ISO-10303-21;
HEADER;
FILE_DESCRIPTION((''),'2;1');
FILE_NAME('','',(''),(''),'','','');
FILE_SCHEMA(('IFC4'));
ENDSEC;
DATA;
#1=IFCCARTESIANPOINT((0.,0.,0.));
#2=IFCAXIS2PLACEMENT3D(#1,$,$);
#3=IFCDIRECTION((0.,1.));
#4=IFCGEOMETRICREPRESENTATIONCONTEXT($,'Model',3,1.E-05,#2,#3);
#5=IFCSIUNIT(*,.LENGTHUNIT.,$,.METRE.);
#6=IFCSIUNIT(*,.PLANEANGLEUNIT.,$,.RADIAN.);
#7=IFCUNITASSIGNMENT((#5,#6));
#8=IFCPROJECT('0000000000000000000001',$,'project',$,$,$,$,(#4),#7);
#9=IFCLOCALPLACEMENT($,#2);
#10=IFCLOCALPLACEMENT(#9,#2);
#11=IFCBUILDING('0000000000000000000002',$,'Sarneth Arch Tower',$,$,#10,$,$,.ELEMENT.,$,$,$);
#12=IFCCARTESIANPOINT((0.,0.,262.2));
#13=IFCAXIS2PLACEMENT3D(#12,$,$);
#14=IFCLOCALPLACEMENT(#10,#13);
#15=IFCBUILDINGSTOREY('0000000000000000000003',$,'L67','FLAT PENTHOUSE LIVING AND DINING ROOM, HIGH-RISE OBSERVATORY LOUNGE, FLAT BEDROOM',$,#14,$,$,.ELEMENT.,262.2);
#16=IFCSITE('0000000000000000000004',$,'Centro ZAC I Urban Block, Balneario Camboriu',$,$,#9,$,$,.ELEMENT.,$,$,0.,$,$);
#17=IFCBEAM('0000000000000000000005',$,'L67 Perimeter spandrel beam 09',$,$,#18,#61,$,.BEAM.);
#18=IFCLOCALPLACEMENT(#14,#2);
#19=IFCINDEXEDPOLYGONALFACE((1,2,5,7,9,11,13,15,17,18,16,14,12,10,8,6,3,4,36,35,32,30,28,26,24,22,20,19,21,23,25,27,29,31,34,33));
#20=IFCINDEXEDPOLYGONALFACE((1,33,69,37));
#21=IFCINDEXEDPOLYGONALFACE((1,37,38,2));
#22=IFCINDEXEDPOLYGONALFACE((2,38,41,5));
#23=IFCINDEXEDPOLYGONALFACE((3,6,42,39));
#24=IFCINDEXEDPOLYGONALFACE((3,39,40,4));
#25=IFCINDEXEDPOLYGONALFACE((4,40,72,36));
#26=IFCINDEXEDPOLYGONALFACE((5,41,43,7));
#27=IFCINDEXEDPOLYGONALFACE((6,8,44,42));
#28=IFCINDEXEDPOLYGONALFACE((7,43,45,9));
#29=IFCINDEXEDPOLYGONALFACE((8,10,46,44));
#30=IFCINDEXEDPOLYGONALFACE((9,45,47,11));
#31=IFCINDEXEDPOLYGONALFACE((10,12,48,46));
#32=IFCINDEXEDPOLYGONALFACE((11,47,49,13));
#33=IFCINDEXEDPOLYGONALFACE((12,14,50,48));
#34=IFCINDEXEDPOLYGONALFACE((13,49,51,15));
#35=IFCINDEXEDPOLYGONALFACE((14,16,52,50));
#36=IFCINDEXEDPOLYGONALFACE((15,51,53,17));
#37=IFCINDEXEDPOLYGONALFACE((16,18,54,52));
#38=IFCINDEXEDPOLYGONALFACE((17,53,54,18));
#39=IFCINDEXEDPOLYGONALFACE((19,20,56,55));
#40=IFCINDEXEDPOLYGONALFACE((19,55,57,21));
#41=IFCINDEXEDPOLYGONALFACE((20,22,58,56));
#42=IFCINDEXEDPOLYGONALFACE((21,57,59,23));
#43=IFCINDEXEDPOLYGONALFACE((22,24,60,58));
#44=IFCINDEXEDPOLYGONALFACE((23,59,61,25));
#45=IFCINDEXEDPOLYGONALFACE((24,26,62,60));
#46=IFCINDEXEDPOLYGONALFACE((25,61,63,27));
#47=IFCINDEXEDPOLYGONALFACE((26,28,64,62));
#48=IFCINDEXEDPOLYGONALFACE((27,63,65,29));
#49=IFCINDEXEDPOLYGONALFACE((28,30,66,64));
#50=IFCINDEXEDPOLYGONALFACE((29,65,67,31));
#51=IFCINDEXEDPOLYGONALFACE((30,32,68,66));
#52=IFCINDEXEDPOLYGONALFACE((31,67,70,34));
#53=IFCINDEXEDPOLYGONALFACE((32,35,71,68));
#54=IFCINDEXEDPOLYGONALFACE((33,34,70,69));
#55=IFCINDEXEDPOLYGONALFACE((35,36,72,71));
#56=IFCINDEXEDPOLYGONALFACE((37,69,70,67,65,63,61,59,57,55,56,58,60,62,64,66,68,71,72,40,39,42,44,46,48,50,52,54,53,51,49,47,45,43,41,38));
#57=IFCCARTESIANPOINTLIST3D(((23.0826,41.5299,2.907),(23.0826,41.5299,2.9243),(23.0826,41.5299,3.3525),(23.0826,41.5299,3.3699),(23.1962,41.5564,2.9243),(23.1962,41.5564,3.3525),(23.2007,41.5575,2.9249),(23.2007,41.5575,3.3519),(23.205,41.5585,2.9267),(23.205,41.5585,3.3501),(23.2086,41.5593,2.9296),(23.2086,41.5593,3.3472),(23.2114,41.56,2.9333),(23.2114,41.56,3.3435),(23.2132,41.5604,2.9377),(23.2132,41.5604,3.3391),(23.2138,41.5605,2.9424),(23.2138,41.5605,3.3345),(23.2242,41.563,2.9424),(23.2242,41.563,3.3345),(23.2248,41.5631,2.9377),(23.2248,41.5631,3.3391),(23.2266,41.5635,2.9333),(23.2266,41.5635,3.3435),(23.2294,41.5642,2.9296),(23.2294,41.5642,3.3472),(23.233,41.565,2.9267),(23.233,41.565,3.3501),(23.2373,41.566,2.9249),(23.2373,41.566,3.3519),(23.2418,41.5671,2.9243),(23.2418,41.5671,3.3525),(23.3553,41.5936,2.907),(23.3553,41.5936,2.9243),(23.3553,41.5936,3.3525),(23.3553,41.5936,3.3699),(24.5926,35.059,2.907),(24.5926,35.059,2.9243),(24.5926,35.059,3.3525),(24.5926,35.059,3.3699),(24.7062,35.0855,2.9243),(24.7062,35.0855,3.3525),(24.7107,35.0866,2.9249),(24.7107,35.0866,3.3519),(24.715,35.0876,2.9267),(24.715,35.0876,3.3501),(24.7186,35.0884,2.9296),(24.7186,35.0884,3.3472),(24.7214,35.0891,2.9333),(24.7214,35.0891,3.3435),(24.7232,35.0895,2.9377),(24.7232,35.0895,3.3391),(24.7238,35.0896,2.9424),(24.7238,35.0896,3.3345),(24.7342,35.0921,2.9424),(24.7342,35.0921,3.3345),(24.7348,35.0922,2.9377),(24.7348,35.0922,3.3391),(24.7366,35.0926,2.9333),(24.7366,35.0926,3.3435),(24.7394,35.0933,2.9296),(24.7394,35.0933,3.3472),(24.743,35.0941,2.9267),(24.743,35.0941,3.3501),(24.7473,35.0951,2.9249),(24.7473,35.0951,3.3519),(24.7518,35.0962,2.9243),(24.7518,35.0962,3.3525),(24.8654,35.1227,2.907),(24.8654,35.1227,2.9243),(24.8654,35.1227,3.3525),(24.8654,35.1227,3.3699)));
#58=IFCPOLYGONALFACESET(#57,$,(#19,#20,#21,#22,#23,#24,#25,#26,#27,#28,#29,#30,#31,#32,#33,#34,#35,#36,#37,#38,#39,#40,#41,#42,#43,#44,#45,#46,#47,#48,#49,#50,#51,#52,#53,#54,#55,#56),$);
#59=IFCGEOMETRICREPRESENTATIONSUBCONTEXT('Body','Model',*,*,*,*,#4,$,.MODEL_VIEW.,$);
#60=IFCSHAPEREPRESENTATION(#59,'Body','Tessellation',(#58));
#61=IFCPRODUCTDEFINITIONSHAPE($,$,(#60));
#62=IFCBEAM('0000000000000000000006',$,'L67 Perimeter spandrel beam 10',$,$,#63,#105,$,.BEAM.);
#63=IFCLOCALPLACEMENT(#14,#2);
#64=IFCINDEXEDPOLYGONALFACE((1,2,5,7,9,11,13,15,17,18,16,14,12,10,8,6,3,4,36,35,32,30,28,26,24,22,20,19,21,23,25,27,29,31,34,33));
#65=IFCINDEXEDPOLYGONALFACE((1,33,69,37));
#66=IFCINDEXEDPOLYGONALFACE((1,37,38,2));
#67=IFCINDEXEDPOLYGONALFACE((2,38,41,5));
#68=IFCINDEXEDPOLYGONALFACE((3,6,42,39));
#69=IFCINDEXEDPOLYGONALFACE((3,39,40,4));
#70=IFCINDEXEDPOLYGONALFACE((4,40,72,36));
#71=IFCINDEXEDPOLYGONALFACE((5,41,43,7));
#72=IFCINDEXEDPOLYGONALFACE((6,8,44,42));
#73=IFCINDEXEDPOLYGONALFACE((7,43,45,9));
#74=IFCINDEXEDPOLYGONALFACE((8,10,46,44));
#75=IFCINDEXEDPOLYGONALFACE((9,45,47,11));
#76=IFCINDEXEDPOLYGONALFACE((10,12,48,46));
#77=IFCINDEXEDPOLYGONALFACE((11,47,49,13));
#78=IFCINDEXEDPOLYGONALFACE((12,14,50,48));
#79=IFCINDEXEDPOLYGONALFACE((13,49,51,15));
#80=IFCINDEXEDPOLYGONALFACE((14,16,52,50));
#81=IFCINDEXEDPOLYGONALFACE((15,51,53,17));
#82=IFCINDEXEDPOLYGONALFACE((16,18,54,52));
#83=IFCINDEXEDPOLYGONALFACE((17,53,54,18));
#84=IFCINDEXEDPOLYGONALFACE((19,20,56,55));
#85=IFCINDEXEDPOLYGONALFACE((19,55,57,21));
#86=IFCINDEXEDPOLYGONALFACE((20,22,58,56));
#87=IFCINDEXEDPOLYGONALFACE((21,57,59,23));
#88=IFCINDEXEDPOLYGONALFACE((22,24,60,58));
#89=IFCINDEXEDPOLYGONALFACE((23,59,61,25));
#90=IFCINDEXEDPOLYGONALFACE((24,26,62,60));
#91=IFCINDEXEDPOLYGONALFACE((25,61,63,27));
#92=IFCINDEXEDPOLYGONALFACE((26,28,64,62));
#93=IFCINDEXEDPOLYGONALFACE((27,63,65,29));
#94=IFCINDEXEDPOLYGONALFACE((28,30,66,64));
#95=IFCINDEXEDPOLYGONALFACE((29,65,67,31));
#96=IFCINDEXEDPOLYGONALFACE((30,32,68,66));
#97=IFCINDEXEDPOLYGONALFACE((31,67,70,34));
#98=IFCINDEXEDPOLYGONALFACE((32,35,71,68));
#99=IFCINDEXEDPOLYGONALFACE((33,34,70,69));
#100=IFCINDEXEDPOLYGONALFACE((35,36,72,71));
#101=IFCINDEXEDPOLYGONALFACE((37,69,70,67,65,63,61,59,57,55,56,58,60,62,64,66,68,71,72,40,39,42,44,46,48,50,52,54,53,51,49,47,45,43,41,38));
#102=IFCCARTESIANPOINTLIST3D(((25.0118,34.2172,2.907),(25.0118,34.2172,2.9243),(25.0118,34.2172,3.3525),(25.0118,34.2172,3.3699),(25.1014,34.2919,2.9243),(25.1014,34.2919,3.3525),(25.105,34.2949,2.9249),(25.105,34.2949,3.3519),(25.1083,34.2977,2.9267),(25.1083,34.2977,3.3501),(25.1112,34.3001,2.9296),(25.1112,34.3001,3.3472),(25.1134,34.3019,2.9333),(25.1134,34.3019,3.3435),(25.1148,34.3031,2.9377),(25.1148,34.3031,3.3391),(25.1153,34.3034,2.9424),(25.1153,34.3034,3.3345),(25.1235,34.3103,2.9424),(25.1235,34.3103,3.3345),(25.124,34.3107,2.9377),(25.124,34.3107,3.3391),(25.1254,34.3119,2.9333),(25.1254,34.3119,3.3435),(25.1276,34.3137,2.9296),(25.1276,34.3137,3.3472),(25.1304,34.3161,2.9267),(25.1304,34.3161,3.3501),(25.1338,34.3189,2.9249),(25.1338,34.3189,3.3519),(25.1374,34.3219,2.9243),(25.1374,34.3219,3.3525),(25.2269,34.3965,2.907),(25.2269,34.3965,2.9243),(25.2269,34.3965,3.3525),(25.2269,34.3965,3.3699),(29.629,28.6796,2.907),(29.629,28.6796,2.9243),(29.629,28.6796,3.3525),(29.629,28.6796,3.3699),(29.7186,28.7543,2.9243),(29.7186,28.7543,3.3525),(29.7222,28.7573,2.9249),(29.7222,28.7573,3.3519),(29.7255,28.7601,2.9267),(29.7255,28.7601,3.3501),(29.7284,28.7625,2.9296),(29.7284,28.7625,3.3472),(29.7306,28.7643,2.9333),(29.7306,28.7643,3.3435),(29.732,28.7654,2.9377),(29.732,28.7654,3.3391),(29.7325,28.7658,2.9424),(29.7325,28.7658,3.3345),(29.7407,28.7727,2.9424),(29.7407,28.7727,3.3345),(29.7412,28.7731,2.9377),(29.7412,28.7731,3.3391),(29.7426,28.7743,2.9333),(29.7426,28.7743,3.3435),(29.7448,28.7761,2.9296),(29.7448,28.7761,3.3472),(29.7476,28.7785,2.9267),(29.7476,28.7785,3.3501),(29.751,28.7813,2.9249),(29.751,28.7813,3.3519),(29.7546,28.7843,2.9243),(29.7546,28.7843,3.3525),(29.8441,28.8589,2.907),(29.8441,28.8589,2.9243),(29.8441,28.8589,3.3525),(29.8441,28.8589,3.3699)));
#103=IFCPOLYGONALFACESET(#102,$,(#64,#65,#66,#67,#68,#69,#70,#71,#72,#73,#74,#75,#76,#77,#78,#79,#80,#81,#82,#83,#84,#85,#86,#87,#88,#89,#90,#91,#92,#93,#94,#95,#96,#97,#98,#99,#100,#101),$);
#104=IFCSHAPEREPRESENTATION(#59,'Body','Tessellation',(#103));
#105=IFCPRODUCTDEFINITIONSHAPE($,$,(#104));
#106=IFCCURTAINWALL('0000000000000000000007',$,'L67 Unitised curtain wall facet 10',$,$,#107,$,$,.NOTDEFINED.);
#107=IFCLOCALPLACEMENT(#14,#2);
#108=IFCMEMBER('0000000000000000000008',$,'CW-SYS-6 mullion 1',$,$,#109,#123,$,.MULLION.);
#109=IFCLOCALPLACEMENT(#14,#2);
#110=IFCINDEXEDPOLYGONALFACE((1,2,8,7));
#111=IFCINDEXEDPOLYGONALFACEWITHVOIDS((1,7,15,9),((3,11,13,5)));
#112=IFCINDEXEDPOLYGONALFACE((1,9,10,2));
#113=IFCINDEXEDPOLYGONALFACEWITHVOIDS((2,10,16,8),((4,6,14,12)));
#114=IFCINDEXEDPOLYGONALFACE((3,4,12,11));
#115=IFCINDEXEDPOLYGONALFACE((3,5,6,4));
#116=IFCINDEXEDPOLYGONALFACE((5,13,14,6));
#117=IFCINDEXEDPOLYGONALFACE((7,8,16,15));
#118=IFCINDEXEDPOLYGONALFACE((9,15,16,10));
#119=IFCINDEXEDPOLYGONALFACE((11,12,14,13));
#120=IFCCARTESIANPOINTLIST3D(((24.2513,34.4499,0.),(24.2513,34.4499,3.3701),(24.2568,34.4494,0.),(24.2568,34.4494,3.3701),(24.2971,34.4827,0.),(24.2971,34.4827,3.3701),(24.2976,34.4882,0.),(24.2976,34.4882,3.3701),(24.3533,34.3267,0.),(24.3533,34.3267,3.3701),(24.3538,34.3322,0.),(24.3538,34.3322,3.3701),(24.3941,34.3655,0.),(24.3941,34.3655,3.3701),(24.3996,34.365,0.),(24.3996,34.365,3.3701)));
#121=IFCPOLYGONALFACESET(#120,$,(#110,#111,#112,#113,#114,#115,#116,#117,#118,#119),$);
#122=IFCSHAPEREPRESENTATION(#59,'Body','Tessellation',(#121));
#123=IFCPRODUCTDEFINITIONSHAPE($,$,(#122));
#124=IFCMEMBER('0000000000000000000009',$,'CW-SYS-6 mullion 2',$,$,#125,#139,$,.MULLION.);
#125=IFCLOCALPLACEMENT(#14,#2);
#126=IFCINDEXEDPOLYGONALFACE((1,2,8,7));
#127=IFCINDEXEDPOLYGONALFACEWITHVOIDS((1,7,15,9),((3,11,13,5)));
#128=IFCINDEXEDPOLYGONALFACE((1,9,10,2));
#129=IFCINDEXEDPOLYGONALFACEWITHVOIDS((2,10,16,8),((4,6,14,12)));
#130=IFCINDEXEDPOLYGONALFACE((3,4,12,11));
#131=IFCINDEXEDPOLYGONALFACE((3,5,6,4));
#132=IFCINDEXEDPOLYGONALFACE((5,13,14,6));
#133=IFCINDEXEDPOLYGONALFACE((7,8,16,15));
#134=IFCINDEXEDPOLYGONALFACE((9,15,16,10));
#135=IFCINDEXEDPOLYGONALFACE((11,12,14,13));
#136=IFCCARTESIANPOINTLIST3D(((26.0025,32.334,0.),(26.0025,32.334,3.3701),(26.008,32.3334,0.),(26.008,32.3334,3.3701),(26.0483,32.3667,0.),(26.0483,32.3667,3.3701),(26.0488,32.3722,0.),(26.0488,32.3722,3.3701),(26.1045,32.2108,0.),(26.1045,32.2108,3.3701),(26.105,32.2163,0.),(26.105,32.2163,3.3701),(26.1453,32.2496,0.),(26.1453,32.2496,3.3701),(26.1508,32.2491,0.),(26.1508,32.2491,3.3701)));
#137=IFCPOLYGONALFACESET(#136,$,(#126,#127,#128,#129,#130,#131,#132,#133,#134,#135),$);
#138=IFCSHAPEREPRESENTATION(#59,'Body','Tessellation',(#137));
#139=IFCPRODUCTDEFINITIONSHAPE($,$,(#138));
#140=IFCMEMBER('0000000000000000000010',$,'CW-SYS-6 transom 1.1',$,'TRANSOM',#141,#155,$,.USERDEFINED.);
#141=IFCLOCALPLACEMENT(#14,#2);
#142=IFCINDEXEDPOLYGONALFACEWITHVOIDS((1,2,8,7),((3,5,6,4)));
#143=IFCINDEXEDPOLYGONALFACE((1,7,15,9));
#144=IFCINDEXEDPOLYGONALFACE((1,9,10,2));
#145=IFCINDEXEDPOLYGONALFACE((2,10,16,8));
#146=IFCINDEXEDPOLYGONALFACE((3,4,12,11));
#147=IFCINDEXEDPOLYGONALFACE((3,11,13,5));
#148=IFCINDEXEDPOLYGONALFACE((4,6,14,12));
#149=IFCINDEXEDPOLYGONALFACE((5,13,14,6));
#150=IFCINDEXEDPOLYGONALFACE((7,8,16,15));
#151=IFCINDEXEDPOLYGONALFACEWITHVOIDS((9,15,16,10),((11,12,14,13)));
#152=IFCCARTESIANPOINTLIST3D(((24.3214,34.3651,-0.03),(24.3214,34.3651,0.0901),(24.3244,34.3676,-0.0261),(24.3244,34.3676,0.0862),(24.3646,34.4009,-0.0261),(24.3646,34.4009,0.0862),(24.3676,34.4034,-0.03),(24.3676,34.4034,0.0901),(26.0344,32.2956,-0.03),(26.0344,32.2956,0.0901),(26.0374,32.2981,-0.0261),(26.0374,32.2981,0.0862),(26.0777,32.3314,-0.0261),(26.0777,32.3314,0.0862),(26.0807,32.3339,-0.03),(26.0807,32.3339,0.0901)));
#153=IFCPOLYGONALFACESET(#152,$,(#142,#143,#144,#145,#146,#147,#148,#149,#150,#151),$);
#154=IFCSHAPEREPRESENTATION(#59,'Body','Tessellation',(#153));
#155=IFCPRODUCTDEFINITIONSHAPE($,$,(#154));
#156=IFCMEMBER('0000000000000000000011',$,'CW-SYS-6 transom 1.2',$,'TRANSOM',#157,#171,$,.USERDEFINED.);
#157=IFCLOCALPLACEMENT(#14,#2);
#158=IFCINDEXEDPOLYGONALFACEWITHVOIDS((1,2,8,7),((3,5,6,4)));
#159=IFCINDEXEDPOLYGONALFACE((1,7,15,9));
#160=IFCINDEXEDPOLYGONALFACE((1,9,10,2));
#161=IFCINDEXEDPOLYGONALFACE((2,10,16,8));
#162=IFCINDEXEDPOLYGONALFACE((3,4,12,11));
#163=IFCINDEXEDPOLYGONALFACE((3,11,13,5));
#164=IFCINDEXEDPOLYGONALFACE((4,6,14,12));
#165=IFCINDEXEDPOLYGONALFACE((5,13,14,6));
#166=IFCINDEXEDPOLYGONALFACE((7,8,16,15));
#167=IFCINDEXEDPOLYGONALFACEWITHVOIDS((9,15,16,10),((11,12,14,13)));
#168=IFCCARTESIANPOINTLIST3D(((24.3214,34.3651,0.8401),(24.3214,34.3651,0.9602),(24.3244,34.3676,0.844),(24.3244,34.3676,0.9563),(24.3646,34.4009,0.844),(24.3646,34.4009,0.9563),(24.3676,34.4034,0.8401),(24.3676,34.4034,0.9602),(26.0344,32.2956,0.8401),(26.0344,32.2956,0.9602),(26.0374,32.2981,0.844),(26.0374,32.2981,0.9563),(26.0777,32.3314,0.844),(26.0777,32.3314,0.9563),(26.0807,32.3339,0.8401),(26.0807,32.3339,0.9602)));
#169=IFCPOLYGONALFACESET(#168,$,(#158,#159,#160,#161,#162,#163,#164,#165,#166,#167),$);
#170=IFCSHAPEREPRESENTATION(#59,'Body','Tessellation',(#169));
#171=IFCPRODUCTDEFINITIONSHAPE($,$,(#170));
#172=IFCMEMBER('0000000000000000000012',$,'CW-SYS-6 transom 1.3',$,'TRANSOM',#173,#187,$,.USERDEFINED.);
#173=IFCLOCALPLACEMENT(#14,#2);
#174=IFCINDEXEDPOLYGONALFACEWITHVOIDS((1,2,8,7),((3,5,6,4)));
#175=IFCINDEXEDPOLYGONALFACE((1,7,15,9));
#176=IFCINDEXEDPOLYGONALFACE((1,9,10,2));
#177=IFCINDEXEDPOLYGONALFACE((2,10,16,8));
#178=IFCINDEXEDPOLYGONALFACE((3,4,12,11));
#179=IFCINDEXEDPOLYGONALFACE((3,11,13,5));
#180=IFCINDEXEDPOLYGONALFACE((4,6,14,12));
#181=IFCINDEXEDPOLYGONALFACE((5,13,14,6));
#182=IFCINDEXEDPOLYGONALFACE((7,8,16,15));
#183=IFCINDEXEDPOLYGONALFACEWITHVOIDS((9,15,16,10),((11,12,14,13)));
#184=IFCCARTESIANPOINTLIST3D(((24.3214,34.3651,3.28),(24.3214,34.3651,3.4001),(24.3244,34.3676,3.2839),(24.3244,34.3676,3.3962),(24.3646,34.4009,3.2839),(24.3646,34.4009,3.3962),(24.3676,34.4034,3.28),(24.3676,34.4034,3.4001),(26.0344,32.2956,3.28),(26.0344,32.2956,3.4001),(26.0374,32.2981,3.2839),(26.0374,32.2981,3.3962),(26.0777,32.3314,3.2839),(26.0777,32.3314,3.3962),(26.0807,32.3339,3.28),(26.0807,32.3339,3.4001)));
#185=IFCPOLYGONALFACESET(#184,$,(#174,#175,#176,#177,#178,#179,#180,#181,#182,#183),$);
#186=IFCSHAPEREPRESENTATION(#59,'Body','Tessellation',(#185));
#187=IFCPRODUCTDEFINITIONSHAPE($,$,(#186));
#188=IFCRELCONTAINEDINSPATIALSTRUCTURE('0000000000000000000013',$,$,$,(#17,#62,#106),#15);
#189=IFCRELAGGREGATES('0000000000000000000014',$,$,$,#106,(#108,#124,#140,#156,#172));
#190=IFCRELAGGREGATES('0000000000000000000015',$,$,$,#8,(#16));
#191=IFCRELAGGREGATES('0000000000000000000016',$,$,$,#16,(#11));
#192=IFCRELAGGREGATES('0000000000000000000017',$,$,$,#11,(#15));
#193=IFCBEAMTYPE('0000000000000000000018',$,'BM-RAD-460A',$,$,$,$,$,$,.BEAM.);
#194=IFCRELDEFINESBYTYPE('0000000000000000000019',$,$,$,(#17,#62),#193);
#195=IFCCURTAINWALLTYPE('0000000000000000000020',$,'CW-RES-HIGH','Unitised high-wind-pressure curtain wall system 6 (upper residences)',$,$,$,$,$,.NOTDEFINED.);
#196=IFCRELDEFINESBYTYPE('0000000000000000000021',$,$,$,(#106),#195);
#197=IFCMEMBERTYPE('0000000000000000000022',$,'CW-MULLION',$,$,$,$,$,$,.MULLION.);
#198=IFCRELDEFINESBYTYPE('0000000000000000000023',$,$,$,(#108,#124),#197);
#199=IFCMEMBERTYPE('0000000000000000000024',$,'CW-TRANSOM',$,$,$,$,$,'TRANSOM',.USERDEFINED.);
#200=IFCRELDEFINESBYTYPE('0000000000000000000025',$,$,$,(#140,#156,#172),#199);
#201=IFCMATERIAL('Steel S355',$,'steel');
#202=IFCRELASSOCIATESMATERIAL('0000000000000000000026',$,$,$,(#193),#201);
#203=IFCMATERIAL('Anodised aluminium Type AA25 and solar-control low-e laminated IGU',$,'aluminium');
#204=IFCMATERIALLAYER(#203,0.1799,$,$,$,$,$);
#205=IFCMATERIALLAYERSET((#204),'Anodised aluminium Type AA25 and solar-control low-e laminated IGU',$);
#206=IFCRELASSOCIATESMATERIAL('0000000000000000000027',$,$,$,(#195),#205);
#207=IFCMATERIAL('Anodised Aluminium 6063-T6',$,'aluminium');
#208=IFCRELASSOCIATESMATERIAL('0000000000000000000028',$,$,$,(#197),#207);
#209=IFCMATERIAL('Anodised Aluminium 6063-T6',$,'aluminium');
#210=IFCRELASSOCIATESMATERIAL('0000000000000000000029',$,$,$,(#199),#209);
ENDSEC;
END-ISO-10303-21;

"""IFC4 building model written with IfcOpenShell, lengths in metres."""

from ifc_helpers import new_model, si_unit, direction, frame, origin, origin_2d, place, context, subcontext, project, spatial, hollow_rectangle, i_section, extrude, material, layer, layer_set, material_profile, profile_set, type_object, element, aggregate, save


model = new_model("IFC4")

# Units and contexts
model_context = context("Model", 3, precision=1e-05, world=origin(), true_north=direction((0.0, 1.0)))
body_context = subcontext(model_context, "Body", "Model", "MODEL_VIEW")
ifc_project = project(units=[si_unit("LENGTHUNIT", "METRE"), si_unit("PLANEANGLEUNIT", "RADIAN")], contexts=[model_context])

# Site, building, storey
site_placement = place(None, origin())
site = spatial("IfcSite", under=ifc_project, at=site_placement, Name="Centro ZAC I Urban Block, Balneario Camboriu", CompositionType="ELEMENT", RefElevation=0.0)
building_placement = place(site_placement, origin())
building = spatial("IfcBuilding", under=site, at=building_placement, Name="Sarneth Arch Tower", CompositionType="ELEMENT")
storey_placement = place(building_placement, frame((0.0, 0.0, 262.2)))
storey = spatial("IfcBuildingStorey", under=building, at=storey_placement, Name="L67", Description="FLAT PENTHOUSE LIVING AND DINING ROOM, HIGH-RISE OBSERVATORY LOUNGE, FLAT BEDROOM", CompositionType="ELEMENT", Elevation=262.2)

# Beams
ifc_material_1 = material(Name="Steel S355", Category="steel")
ifc_material_profile_1 = material_profile(ifc_material_1, i_section(OverallWidth=0.28, OverallDepth=0.4629, WebThickness=0.0107, FlangeThickness=0.0173, FilletRadius=0.0181, at=origin_2d()), Name="W460x113")
ifc_profile_set_1 = profile_set([ifc_material_profile_1], Name="Steel S355")
beam_type = type_object("IfcBeamType", Name="BM-RAD-460A", PredefinedType="BEAM", material=ifc_profile_set_1)
beam_1_placement = place(storey_placement, frame((23.219, 41.5618, 3.1384), z_axis=(0.227247, -0.973837, 0.0), x_axis=(0.973837, 0.227247, 0.0)))
element("IfcBeam", 1, at=beam_1_placement, inside=storey, type_object=beam_type, Name="L67 Perimeter spandrel beam 09", PredefinedType="BEAM", context=body_context, shape_type="SweptSolid", body=[
    extrude(i_section(OverallWidth=0.28, OverallDepth=0.4629, WebThickness=0.0107, FlangeThickness=0.0173, FilletRadius=0.0181, at=origin_2d()), origin(), (0.0, 0.0, 1.0), 6.6448),
])
beam_2_placement = place(storey_placement, frame((25.1194, 34.3069, 3.1384), z_axis=(0.640391, -0.768049, 0.0), x_axis=(0.768049, 0.640391, 0.0)))
element("IfcBeam", 2, at=beam_2_placement, inside=storey, type_object=beam_type, Name="L67 Perimeter spandrel beam 10", PredefinedType="BEAM", context=body_context, shape_type="SweptSolid", body=[
    extrude(i_section(OverallWidth=0.28, OverallDepth=0.4629, WebThickness=0.0107, FlangeThickness=0.0173, FilletRadius=0.0181, at=origin_2d()), origin(), (0.0, 0.0, 1.0), 7.21),
])

# Curtain wall, members
ifc_material_2 = material(Name="Anodised aluminium Type AA25 and solar-control low-e laminated IGU", Category="aluminium")
ifc_layer_1 = layer(ifc_material_2, 0.1799)
ifc_layer_set_1 = layer_set([ifc_layer_1], Name="Anodised aluminium Type AA25 and solar-control low-e laminated IGU")
curtain_wall_type = type_object("IfcCurtainWallType", Name="CW-RES-HIGH", Description="Unitised high-wind-pressure curtain wall system 6 (upper residences)", PredefinedType="NOTDEFINED", material=ifc_layer_set_1)
curtain_wall_placement = place(storey_placement, origin())
curtain_wall = element("IfcCurtainWall", 3, at=curtain_wall_placement, inside=storey, type_object=curtain_wall_type, Name="L67 Unitised curtain wall facet 10", PredefinedType="NOTDEFINED")
ifc_material_3 = material(Name="Anodised Aluminium 6063-T6", Category="aluminium")
ifc_material_profile_2 = material_profile(ifc_material_3, hollow_rectangle(XDim=0.0601, YDim=0.1599, WallThickness=0.0039, at=origin_2d()), Name="AL-MULL-160x60x4")
ifc_profile_set_2 = profile_set([ifc_material_profile_2], Name="Anodised Aluminium 6063-T6")
member_type_1 = type_object("IfcMemberType", Name="CW-MULLION", PredefinedType="MULLION", material=ifc_profile_set_2)
member_1_placement = place(storey_placement, frame((24.3254, 34.4075, 0.0), z_axis=(0.0, 0.0, 1.0), x_axis=(0.770359, 0.63761, 0.0)))
member_1 = element("IfcMember", 4, at=member_1_placement, type_object=member_type_1, Name="CW-SYS-6 mullion 1", PredefinedType="MULLION", context=body_context, shape_type="SweptSolid", body=[
    extrude(hollow_rectangle(XDim=0.0601, YDim=0.1599, WallThickness=0.0039, at=origin_2d()), origin(), (0.0, 0.0, 1.0), 3.3701),
])
member_2_placement = place(storey_placement, frame((26.0767, 32.2915, 0.0), z_axis=(0.0, 0.0, 1.0), x_axis=(0.770359, 0.63761, 0.0)))
member_2 = element("IfcMember", 5, at=member_2_placement, type_object=member_type_1, Name="CW-SYS-6 mullion 2", PredefinedType="MULLION", context=body_context, shape_type="SweptSolid", body=[
    extrude(hollow_rectangle(XDim=0.0601, YDim=0.1599, WallThickness=0.0039, at=origin_2d()), origin(), (0.0, 0.0, 1.0), 3.3701),
])
ifc_material_4 = material(Name="Anodised Aluminium 6063-T6", Category="aluminium")
ifc_material_profile_3 = material_profile(ifc_material_4, hollow_rectangle(XDim=0.0601, YDim=0.1201, WallThickness=0.0039, at=origin_2d()), Name="AL-TRAN-120x60x4")
ifc_profile_set_3 = profile_set([ifc_material_profile_3], Name="Anodised Aluminium 6063-T6")
member_type_2 = type_object("IfcMemberType", Name="CW-TRANSOM", ElementType="TRANSOM", PredefinedType="USERDEFINED", material=ifc_profile_set_3)
member_3_placement = place(storey_placement, frame((24.3445, 34.3843, 0.03), z_axis=(0.637651, -0.770325, 0.0), x_axis=(0.770325, 0.637651, 0.0)))
member_3 = element("IfcMember", 6, at=member_3_placement, type_object=member_type_2, Name="CW-SYS-6 transom 1.1", ObjectType="TRANSOM", PredefinedType="USERDEFINED", context=body_context, shape_type="SweptSolid", body=[
    extrude(hollow_rectangle(XDim=0.0601, YDim=0.1201, WallThickness=0.0039, at=origin_2d()), origin(), (0.0, 0.0, 1.0), 2.6865),
])
member_4_placement = place(storey_placement, frame((24.3445, 34.3843, 0.9001), z_axis=(0.637651, -0.770325, 0.0), x_axis=(0.770325, 0.637651, 0.0)))
member_4 = element("IfcMember", 7, at=member_4_placement, type_object=member_type_2, Name="CW-SYS-6 transom 1.2", ObjectType="TRANSOM", PredefinedType="USERDEFINED", context=body_context, shape_type="SweptSolid", body=[
    extrude(hollow_rectangle(XDim=0.0601, YDim=0.1201, WallThickness=0.0039, at=origin_2d()), origin(), (0.0, 0.0, 1.0), 2.6865),
])
member_5_placement = place(storey_placement, frame((24.3445, 34.3843, 3.3401), z_axis=(0.637651, -0.770325, 0.0), x_axis=(0.770325, 0.637651, 0.0)))
member_5 = element("IfcMember", 8, at=member_5_placement, type_object=member_type_2, Name="CW-SYS-6 transom 1.3", ObjectType="TRANSOM", PredefinedType="USERDEFINED", context=body_context, shape_type="SweptSolid", body=[
    extrude(hollow_rectangle(XDim=0.0601, YDim=0.1201, WallThickness=0.0039, at=origin_2d()), origin(), (0.0, 0.0, 1.0), 2.6865),
])

aggregate(curtain_wall, [member_1, member_2, member_3, member_4, member_5])

save(model, "model.ifc")
